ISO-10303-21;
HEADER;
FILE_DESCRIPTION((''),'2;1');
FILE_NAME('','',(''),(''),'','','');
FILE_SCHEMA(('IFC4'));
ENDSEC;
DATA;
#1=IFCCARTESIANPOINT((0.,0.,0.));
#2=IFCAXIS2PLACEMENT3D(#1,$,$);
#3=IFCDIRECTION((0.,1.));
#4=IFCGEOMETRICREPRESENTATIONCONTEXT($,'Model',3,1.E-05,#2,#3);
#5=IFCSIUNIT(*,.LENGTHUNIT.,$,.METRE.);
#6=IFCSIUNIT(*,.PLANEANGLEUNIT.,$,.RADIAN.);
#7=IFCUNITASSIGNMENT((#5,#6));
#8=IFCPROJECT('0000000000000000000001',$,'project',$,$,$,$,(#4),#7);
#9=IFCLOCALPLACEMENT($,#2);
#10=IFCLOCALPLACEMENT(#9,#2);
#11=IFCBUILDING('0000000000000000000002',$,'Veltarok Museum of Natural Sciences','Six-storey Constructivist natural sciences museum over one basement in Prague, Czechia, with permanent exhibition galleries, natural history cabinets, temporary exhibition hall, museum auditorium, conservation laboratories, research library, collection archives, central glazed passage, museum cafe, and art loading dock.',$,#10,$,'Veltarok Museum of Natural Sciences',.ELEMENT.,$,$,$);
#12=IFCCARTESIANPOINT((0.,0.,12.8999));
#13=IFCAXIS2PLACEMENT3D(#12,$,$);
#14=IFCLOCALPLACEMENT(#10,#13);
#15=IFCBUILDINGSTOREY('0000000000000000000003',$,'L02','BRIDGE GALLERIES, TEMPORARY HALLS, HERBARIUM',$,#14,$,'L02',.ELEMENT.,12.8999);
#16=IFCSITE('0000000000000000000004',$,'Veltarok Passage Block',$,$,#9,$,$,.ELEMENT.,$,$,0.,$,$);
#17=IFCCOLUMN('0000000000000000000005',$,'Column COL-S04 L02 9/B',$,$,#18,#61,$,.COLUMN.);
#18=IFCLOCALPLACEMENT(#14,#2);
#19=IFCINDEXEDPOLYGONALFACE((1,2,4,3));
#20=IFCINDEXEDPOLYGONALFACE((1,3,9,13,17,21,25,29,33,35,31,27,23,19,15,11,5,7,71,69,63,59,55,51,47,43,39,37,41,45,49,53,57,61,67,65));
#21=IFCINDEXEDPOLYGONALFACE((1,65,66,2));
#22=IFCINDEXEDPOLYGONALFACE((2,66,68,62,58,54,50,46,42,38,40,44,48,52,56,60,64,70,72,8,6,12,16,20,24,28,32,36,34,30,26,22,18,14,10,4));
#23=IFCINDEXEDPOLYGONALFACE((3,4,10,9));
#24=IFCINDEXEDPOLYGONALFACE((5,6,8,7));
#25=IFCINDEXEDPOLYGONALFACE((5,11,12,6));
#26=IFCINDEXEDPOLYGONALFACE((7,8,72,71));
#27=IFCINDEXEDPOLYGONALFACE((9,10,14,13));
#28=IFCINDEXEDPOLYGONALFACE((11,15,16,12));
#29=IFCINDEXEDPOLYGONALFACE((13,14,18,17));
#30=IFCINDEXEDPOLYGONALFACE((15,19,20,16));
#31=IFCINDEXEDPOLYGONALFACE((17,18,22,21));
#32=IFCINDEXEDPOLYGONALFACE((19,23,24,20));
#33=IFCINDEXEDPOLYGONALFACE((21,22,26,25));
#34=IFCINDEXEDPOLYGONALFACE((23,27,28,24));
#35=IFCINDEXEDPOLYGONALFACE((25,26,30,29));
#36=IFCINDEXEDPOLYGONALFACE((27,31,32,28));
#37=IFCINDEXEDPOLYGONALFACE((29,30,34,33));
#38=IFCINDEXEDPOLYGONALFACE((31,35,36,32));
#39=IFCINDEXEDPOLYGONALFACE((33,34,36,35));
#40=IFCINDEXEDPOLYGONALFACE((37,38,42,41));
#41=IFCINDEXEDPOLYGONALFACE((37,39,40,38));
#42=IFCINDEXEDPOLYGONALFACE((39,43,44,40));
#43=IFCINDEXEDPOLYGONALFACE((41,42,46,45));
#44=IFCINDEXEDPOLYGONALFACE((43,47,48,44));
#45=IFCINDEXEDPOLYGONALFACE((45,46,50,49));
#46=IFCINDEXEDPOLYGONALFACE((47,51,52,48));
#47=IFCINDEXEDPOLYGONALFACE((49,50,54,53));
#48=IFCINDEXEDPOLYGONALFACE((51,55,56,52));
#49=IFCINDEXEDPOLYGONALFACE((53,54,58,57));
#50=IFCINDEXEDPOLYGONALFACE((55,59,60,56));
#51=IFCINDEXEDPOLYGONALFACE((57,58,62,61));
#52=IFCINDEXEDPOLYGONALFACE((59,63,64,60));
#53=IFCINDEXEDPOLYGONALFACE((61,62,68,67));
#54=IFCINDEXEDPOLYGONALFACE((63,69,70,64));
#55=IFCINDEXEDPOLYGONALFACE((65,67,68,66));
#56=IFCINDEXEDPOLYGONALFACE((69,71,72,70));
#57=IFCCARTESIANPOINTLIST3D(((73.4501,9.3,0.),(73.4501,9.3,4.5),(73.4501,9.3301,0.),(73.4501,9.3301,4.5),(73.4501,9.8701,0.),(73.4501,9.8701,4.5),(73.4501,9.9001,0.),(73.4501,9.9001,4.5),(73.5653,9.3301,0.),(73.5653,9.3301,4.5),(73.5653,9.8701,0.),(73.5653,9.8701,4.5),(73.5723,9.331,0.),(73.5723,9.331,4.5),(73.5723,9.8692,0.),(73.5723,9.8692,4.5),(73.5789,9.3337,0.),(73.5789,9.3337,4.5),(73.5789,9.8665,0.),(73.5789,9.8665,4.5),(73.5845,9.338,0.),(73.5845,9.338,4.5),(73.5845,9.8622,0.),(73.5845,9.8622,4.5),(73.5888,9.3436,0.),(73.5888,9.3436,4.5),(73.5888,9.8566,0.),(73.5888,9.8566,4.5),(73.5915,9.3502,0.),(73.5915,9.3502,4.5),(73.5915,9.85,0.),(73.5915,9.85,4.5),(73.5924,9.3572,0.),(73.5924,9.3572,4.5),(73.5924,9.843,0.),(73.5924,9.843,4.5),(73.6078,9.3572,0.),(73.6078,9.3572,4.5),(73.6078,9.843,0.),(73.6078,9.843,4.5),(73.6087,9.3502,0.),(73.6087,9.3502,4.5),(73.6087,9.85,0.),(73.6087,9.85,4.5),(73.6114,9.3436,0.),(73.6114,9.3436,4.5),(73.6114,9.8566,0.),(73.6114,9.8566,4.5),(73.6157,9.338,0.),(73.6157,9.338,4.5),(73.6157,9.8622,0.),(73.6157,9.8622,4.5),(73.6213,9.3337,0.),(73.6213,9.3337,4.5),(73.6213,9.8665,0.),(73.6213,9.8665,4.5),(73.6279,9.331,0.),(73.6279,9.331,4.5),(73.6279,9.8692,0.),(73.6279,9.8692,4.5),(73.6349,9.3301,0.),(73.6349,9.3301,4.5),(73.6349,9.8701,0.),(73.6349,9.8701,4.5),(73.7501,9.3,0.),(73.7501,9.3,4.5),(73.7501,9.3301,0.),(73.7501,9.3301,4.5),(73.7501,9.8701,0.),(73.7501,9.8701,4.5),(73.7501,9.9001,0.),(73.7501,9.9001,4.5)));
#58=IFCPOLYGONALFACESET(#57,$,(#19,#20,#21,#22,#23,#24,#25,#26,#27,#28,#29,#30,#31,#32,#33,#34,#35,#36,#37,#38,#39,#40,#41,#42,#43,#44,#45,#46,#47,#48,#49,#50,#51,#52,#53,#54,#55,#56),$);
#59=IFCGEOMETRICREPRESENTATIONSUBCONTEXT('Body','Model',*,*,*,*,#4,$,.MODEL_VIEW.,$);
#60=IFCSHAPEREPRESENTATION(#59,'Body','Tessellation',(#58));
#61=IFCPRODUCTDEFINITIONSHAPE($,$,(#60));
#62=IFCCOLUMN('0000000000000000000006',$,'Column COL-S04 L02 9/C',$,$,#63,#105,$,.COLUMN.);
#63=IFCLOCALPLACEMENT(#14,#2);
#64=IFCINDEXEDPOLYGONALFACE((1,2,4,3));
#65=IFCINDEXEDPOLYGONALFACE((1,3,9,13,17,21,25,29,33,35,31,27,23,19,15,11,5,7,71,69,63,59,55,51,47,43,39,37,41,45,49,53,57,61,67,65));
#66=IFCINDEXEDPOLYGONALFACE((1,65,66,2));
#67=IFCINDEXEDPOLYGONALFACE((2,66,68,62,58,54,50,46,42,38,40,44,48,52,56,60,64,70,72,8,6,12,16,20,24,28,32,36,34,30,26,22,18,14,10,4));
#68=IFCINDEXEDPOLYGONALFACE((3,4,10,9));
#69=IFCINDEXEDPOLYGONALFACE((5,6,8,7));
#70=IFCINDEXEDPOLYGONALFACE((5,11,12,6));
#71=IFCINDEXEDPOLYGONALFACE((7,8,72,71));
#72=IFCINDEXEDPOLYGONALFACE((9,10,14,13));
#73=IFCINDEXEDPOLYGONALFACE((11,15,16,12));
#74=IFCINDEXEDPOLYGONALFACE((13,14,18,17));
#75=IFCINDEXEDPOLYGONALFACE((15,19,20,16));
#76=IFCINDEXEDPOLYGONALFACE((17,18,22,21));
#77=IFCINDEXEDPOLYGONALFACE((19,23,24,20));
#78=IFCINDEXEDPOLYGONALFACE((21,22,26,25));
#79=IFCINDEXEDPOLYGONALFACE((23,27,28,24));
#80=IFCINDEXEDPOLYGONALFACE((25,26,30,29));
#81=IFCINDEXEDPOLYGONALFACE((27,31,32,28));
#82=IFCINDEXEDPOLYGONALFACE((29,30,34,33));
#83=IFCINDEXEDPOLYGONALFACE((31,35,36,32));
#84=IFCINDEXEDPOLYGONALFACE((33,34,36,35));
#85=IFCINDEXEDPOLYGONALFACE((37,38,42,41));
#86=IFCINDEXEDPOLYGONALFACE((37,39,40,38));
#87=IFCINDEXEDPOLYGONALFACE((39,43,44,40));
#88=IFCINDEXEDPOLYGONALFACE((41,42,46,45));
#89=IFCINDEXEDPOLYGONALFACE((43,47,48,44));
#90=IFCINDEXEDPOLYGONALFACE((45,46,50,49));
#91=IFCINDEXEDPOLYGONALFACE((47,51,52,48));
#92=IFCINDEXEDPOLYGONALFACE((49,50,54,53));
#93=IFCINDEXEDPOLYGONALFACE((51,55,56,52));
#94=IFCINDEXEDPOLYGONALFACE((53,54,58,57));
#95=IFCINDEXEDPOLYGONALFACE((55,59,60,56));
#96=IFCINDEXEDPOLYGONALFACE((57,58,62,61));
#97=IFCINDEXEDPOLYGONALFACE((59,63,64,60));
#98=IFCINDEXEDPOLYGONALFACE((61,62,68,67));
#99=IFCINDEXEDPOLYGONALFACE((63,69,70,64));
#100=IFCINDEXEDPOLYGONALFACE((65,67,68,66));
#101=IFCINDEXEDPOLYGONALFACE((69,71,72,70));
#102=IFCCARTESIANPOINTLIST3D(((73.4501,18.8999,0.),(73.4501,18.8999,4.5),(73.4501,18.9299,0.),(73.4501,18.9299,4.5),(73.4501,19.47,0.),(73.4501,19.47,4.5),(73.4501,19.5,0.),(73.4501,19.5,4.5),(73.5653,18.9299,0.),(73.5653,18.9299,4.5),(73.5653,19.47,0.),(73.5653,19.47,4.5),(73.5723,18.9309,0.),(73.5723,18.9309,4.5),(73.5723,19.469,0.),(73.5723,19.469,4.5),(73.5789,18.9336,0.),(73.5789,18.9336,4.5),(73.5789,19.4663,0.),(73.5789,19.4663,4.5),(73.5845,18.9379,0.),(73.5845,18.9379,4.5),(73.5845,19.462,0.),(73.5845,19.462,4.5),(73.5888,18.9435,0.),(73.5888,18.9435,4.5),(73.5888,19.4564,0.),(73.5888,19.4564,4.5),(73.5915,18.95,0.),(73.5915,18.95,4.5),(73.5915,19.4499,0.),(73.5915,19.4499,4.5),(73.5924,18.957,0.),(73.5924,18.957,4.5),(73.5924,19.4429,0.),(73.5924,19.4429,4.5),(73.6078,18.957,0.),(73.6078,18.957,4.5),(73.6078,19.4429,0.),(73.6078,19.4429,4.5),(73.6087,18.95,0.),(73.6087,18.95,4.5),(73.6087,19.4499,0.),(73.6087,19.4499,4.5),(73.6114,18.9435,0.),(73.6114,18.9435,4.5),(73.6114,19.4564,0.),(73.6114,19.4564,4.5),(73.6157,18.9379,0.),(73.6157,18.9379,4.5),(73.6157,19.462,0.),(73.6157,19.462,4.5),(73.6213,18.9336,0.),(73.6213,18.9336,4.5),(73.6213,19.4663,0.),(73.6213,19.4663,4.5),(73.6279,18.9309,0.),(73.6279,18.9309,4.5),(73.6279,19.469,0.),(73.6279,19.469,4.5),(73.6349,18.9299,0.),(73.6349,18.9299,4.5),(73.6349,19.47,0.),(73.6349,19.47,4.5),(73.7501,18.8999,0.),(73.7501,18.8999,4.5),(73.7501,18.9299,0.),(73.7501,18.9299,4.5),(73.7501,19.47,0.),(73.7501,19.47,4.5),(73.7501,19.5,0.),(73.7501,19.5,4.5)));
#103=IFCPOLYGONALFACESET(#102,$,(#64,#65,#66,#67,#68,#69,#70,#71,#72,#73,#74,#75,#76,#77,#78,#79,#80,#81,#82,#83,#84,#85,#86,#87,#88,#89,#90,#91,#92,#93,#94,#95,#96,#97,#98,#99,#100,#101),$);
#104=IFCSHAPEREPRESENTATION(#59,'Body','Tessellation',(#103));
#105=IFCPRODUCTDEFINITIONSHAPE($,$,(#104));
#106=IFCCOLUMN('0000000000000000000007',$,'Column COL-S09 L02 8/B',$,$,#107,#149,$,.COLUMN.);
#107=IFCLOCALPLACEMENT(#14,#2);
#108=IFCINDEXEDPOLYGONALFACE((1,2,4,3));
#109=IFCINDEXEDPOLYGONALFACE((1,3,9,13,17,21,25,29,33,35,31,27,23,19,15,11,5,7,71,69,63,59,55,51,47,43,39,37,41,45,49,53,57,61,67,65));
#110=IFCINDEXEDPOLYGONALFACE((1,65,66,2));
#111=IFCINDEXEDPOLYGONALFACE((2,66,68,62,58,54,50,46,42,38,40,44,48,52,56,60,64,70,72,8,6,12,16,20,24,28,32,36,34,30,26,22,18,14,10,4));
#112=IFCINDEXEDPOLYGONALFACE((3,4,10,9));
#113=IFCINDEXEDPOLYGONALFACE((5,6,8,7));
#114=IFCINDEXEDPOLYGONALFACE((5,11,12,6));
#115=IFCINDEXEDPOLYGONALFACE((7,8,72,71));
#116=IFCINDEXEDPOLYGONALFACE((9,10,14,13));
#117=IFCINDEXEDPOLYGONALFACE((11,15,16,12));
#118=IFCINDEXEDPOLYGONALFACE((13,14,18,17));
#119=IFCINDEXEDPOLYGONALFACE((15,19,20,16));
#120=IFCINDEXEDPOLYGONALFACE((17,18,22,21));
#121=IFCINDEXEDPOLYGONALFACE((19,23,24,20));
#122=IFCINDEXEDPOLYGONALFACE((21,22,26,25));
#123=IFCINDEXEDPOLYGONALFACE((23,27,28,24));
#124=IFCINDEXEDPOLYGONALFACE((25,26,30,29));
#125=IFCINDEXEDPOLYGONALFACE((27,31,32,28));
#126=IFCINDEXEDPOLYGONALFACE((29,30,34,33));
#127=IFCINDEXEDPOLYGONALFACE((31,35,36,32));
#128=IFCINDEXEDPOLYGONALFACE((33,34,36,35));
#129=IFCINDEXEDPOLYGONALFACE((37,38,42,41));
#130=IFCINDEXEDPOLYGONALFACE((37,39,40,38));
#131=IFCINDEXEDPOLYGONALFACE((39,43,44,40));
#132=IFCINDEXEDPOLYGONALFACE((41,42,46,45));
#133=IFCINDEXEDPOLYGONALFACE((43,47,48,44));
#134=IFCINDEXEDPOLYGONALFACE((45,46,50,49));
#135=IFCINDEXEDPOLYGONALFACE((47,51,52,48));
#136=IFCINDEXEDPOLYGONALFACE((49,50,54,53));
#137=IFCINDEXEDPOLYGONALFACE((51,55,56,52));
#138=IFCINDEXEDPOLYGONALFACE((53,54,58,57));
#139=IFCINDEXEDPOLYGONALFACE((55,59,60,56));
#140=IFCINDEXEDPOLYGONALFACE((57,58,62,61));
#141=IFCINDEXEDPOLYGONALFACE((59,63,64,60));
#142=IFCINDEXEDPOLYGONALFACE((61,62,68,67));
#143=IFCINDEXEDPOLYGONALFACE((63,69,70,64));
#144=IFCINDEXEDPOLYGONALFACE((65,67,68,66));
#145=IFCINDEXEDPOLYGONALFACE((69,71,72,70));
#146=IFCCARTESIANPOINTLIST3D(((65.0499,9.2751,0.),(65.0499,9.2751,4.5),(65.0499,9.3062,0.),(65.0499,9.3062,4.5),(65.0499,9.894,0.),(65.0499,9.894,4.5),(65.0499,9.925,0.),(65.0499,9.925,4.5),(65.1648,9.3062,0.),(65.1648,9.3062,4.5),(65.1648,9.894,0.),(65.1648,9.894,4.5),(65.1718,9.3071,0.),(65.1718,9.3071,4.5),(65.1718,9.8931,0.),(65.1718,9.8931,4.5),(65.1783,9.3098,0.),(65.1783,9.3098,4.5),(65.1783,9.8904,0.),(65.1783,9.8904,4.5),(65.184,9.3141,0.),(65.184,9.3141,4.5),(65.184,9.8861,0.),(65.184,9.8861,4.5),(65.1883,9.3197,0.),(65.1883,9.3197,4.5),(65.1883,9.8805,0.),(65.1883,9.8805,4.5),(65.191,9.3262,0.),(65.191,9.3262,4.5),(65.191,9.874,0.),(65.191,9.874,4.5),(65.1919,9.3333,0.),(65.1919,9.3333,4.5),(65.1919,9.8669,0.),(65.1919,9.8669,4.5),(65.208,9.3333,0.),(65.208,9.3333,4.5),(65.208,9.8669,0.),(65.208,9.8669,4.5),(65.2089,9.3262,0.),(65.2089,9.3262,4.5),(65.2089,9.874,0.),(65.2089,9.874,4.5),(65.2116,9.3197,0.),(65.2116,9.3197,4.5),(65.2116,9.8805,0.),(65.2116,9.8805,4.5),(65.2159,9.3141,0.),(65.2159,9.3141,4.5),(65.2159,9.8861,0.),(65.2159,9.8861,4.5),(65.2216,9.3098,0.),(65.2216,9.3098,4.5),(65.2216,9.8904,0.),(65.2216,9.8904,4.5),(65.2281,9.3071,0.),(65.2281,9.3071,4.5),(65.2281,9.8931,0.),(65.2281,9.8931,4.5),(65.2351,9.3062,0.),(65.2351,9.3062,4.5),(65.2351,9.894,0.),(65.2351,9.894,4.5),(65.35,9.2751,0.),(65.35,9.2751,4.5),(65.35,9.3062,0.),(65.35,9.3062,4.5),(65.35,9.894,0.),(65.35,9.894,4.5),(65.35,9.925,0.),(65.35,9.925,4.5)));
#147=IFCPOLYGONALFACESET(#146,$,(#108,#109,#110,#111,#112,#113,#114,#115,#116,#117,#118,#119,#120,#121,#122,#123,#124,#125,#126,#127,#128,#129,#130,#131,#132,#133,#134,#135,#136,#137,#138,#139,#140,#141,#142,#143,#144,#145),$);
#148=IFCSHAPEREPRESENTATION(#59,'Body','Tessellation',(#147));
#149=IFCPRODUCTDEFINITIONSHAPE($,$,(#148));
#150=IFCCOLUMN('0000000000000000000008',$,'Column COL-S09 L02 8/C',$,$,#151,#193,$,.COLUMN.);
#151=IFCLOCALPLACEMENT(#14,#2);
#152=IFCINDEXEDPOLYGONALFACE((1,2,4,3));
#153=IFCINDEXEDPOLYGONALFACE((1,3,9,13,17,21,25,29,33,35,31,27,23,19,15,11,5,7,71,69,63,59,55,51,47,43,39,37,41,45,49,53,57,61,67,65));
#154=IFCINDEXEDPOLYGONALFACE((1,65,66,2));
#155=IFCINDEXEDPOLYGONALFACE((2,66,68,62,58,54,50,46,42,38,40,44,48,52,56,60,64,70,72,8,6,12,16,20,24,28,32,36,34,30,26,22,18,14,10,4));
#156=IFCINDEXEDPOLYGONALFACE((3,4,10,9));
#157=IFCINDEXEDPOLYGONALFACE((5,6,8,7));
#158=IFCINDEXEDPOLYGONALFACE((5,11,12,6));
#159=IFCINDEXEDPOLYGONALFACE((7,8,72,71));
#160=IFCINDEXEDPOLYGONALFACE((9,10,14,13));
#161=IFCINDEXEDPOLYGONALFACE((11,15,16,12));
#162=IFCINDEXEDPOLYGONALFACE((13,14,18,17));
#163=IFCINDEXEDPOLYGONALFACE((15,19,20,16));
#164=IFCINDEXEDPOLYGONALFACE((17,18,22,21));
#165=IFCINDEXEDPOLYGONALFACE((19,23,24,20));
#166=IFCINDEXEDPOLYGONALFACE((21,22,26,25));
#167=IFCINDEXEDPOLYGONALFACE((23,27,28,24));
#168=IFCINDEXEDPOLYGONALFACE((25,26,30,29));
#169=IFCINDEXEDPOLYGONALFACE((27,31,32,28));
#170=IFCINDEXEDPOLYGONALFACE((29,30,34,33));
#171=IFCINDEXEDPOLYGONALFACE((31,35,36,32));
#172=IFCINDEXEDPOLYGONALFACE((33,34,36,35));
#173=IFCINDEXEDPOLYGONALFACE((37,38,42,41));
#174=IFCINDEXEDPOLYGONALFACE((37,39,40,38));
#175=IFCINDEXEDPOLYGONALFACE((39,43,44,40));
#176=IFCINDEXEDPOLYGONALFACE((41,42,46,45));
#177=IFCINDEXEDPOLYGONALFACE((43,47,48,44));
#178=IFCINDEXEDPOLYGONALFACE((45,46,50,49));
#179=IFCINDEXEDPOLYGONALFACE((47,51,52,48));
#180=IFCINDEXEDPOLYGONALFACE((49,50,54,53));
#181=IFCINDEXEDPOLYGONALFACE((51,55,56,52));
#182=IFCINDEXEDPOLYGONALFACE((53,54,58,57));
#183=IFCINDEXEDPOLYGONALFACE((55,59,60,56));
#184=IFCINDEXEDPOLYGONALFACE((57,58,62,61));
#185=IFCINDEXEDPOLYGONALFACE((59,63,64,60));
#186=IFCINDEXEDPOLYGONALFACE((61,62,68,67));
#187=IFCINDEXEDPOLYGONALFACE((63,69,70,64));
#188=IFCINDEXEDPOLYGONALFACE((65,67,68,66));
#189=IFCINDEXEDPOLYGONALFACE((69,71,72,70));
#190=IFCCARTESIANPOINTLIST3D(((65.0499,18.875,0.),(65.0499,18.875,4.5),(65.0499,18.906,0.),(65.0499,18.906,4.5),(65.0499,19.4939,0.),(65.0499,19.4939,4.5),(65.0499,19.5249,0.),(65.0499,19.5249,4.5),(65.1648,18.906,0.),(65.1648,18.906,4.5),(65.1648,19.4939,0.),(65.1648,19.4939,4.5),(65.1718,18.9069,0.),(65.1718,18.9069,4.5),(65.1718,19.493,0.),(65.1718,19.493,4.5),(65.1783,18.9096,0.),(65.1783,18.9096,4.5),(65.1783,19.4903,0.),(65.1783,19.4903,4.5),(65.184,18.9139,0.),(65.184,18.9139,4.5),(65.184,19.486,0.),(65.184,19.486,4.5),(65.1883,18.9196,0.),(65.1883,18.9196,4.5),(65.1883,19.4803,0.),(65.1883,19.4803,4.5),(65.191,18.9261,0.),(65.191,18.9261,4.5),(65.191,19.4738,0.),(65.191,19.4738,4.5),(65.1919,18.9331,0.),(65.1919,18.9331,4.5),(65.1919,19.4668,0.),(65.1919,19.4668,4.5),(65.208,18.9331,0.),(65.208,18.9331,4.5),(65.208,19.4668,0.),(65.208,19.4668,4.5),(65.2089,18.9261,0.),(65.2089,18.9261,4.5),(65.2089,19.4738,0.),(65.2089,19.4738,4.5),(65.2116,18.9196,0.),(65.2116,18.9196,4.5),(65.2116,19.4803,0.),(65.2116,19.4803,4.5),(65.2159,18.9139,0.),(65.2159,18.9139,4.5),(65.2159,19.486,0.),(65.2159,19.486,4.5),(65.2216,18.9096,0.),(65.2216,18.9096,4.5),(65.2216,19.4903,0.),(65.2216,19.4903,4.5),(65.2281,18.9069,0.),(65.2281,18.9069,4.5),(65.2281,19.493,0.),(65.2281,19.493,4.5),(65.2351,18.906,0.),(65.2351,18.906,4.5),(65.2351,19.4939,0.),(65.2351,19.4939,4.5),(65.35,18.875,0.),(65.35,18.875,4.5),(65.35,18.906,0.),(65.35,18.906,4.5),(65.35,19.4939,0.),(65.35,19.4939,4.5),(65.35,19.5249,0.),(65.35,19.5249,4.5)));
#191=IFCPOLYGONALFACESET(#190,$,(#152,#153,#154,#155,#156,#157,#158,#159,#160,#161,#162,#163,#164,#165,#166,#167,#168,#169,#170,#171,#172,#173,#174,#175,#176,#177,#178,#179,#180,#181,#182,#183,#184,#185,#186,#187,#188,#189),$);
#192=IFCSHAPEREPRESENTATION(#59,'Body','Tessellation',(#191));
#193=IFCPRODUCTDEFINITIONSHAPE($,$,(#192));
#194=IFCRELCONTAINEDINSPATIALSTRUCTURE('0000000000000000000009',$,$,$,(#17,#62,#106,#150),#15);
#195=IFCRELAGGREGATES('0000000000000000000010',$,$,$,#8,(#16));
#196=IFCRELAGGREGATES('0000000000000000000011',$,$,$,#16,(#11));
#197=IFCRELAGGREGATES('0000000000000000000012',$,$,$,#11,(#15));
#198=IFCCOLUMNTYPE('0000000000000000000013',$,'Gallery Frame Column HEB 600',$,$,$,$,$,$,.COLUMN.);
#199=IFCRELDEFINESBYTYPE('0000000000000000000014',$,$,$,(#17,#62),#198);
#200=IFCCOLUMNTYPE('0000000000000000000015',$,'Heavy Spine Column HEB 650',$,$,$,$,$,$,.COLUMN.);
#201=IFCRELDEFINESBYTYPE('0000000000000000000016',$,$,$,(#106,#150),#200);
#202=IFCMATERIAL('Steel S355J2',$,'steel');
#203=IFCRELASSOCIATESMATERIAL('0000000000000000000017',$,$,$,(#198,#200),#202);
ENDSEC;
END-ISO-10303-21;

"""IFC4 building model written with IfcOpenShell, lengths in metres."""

from ifc_helpers import new_model, si_unit, direction, frame, origin, origin_2d, place, context, subcontext, project, spatial, i_section, extrude, material, material_profile, profile_set, type_object, element, save


model = new_model("IFC4")

# Units and contexts
model_context = context("Model", 3, precision=1e-05, world=origin(), true_north=direction((0.0, 1.0)))
body_context = subcontext(model_context, "Body", "Model", "MODEL_VIEW")
ifc_project = project(units=[si_unit("LENGTHUNIT", "METRE"), si_unit("PLANEANGLEUNIT", "RADIAN")], contexts=[model_context])

# Site, building, storey
site_placement = place(None, origin())
site = spatial("IfcSite", under=ifc_project, at=site_placement, Name="Veltarok Passage Block", CompositionType="ELEMENT", RefElevation=0.0)
building_placement = place(site_placement, origin())
building = spatial("IfcBuilding", under=site, at=building_placement, Name="Veltarok Museum of Natural Sciences", Description="Six-storey Constructivist natural sciences museum over one basement in Prague, Czechia, with permanent exhibition galleries, natural history cabinets, temporary exhibition hall, museum auditorium, conservation laboratories, research library, collection archives, central glazed passage, museum cafe, and art loading dock.", LongName="Veltarok Museum of Natural Sciences", CompositionType="ELEMENT")
storey_placement = place(building_placement, frame((0.0, 0.0, 12.8999)))
storey = spatial("IfcBuildingStorey", under=building, at=storey_placement, Name="L02", Description="BRIDGE GALLERIES, TEMPORARY HALLS, HERBARIUM", LongName="L02", CompositionType="ELEMENT", Elevation=12.8999)

# Columns
ifc_material_1 = material(Name="Steel S355J2", Category="steel")
ifc_material_profile_1 = material_profile(ifc_material_1, i_section(OverallWidth=0.3, OverallDepth=0.6001, WebThickness=0.0154, FlangeThickness=0.03, FilletRadius=0.0271, at=origin_2d()), Name="HEB 600")
ifc_profile_set_1 = profile_set([ifc_material_profile_1], Name="Steel S355J2")
column_type_1 = type_object("IfcColumnType", Name="Gallery Frame Column HEB 600", PredefinedType="COLUMN", material=ifc_profile_set_1)
for number, where, z_axis, x_axis, name in (
    (1, (73.6001, 9.6001, 0.0), (0.0, 0.0, 1.0), (1.0, 0.0, 0.0), "Column COL-S04 L02 9/B"),
    (2, (73.6001, 19.2, 0.0), (0.0, 0.0, 1.0), (1.0, 0.0, 0.0), "Column COL-S04 L02 9/C"),
):
    element("IfcColumn", number, at=place(storey_placement, frame(where, z_axis=z_axis, x_axis=x_axis)), inside=storey, type_object=column_type_1, Name=name, PredefinedType="COLUMN", context=body_context, shape_type="SweptSolid", body=[
        extrude(i_section(OverallWidth=0.3, OverallDepth=0.6001, WebThickness=0.0154, FlangeThickness=0.03, FilletRadius=0.0271, at=origin_2d()), origin(), (0.0, 0.0, 1.0), 4.5),
    ])
ifc_material_profile_2 = material_profile(ifc_material_1, i_section(OverallWidth=0.3, OverallDepth=0.6499, WebThickness=0.0161, FlangeThickness=0.031, FilletRadius=0.0271, at=origin_2d()), Name="HEB 650")
ifc_profile_set_2 = profile_set([ifc_material_profile_2], Name="Steel S355J2")
column_type_2 = type_object("IfcColumnType", Name="Heavy Spine Column HEB 650", PredefinedType="COLUMN", material=ifc_profile_set_2)
for number, where, z_axis, x_axis, name in (
    (3, (65.2, 9.6001, 0.0), (0.0, 0.0, 1.0), (1.0, 0.0, 0.0), "Column COL-S09 L02 8/B"),
    (4, (65.2, 19.2, 0.0), (0.0, 0.0, 1.0), (1.0, 0.0, 0.0), "Column COL-S09 L02 8/C"),
):
    element("IfcColumn", number, at=place(storey_placement, frame(where, z_axis=z_axis, x_axis=x_axis)), inside=storey, type_object=column_type_2, Name=name, PredefinedType="COLUMN", context=body_context, shape_type="SweptSolid", body=[
        extrude(i_section(OverallWidth=0.3, OverallDepth=0.6499, WebThickness=0.0161, FlangeThickness=0.031, FilletRadius=0.0271, at=origin_2d()), origin(), (0.0, 0.0, 1.0), 4.5),
    ])

save(model, "model.ifc")
